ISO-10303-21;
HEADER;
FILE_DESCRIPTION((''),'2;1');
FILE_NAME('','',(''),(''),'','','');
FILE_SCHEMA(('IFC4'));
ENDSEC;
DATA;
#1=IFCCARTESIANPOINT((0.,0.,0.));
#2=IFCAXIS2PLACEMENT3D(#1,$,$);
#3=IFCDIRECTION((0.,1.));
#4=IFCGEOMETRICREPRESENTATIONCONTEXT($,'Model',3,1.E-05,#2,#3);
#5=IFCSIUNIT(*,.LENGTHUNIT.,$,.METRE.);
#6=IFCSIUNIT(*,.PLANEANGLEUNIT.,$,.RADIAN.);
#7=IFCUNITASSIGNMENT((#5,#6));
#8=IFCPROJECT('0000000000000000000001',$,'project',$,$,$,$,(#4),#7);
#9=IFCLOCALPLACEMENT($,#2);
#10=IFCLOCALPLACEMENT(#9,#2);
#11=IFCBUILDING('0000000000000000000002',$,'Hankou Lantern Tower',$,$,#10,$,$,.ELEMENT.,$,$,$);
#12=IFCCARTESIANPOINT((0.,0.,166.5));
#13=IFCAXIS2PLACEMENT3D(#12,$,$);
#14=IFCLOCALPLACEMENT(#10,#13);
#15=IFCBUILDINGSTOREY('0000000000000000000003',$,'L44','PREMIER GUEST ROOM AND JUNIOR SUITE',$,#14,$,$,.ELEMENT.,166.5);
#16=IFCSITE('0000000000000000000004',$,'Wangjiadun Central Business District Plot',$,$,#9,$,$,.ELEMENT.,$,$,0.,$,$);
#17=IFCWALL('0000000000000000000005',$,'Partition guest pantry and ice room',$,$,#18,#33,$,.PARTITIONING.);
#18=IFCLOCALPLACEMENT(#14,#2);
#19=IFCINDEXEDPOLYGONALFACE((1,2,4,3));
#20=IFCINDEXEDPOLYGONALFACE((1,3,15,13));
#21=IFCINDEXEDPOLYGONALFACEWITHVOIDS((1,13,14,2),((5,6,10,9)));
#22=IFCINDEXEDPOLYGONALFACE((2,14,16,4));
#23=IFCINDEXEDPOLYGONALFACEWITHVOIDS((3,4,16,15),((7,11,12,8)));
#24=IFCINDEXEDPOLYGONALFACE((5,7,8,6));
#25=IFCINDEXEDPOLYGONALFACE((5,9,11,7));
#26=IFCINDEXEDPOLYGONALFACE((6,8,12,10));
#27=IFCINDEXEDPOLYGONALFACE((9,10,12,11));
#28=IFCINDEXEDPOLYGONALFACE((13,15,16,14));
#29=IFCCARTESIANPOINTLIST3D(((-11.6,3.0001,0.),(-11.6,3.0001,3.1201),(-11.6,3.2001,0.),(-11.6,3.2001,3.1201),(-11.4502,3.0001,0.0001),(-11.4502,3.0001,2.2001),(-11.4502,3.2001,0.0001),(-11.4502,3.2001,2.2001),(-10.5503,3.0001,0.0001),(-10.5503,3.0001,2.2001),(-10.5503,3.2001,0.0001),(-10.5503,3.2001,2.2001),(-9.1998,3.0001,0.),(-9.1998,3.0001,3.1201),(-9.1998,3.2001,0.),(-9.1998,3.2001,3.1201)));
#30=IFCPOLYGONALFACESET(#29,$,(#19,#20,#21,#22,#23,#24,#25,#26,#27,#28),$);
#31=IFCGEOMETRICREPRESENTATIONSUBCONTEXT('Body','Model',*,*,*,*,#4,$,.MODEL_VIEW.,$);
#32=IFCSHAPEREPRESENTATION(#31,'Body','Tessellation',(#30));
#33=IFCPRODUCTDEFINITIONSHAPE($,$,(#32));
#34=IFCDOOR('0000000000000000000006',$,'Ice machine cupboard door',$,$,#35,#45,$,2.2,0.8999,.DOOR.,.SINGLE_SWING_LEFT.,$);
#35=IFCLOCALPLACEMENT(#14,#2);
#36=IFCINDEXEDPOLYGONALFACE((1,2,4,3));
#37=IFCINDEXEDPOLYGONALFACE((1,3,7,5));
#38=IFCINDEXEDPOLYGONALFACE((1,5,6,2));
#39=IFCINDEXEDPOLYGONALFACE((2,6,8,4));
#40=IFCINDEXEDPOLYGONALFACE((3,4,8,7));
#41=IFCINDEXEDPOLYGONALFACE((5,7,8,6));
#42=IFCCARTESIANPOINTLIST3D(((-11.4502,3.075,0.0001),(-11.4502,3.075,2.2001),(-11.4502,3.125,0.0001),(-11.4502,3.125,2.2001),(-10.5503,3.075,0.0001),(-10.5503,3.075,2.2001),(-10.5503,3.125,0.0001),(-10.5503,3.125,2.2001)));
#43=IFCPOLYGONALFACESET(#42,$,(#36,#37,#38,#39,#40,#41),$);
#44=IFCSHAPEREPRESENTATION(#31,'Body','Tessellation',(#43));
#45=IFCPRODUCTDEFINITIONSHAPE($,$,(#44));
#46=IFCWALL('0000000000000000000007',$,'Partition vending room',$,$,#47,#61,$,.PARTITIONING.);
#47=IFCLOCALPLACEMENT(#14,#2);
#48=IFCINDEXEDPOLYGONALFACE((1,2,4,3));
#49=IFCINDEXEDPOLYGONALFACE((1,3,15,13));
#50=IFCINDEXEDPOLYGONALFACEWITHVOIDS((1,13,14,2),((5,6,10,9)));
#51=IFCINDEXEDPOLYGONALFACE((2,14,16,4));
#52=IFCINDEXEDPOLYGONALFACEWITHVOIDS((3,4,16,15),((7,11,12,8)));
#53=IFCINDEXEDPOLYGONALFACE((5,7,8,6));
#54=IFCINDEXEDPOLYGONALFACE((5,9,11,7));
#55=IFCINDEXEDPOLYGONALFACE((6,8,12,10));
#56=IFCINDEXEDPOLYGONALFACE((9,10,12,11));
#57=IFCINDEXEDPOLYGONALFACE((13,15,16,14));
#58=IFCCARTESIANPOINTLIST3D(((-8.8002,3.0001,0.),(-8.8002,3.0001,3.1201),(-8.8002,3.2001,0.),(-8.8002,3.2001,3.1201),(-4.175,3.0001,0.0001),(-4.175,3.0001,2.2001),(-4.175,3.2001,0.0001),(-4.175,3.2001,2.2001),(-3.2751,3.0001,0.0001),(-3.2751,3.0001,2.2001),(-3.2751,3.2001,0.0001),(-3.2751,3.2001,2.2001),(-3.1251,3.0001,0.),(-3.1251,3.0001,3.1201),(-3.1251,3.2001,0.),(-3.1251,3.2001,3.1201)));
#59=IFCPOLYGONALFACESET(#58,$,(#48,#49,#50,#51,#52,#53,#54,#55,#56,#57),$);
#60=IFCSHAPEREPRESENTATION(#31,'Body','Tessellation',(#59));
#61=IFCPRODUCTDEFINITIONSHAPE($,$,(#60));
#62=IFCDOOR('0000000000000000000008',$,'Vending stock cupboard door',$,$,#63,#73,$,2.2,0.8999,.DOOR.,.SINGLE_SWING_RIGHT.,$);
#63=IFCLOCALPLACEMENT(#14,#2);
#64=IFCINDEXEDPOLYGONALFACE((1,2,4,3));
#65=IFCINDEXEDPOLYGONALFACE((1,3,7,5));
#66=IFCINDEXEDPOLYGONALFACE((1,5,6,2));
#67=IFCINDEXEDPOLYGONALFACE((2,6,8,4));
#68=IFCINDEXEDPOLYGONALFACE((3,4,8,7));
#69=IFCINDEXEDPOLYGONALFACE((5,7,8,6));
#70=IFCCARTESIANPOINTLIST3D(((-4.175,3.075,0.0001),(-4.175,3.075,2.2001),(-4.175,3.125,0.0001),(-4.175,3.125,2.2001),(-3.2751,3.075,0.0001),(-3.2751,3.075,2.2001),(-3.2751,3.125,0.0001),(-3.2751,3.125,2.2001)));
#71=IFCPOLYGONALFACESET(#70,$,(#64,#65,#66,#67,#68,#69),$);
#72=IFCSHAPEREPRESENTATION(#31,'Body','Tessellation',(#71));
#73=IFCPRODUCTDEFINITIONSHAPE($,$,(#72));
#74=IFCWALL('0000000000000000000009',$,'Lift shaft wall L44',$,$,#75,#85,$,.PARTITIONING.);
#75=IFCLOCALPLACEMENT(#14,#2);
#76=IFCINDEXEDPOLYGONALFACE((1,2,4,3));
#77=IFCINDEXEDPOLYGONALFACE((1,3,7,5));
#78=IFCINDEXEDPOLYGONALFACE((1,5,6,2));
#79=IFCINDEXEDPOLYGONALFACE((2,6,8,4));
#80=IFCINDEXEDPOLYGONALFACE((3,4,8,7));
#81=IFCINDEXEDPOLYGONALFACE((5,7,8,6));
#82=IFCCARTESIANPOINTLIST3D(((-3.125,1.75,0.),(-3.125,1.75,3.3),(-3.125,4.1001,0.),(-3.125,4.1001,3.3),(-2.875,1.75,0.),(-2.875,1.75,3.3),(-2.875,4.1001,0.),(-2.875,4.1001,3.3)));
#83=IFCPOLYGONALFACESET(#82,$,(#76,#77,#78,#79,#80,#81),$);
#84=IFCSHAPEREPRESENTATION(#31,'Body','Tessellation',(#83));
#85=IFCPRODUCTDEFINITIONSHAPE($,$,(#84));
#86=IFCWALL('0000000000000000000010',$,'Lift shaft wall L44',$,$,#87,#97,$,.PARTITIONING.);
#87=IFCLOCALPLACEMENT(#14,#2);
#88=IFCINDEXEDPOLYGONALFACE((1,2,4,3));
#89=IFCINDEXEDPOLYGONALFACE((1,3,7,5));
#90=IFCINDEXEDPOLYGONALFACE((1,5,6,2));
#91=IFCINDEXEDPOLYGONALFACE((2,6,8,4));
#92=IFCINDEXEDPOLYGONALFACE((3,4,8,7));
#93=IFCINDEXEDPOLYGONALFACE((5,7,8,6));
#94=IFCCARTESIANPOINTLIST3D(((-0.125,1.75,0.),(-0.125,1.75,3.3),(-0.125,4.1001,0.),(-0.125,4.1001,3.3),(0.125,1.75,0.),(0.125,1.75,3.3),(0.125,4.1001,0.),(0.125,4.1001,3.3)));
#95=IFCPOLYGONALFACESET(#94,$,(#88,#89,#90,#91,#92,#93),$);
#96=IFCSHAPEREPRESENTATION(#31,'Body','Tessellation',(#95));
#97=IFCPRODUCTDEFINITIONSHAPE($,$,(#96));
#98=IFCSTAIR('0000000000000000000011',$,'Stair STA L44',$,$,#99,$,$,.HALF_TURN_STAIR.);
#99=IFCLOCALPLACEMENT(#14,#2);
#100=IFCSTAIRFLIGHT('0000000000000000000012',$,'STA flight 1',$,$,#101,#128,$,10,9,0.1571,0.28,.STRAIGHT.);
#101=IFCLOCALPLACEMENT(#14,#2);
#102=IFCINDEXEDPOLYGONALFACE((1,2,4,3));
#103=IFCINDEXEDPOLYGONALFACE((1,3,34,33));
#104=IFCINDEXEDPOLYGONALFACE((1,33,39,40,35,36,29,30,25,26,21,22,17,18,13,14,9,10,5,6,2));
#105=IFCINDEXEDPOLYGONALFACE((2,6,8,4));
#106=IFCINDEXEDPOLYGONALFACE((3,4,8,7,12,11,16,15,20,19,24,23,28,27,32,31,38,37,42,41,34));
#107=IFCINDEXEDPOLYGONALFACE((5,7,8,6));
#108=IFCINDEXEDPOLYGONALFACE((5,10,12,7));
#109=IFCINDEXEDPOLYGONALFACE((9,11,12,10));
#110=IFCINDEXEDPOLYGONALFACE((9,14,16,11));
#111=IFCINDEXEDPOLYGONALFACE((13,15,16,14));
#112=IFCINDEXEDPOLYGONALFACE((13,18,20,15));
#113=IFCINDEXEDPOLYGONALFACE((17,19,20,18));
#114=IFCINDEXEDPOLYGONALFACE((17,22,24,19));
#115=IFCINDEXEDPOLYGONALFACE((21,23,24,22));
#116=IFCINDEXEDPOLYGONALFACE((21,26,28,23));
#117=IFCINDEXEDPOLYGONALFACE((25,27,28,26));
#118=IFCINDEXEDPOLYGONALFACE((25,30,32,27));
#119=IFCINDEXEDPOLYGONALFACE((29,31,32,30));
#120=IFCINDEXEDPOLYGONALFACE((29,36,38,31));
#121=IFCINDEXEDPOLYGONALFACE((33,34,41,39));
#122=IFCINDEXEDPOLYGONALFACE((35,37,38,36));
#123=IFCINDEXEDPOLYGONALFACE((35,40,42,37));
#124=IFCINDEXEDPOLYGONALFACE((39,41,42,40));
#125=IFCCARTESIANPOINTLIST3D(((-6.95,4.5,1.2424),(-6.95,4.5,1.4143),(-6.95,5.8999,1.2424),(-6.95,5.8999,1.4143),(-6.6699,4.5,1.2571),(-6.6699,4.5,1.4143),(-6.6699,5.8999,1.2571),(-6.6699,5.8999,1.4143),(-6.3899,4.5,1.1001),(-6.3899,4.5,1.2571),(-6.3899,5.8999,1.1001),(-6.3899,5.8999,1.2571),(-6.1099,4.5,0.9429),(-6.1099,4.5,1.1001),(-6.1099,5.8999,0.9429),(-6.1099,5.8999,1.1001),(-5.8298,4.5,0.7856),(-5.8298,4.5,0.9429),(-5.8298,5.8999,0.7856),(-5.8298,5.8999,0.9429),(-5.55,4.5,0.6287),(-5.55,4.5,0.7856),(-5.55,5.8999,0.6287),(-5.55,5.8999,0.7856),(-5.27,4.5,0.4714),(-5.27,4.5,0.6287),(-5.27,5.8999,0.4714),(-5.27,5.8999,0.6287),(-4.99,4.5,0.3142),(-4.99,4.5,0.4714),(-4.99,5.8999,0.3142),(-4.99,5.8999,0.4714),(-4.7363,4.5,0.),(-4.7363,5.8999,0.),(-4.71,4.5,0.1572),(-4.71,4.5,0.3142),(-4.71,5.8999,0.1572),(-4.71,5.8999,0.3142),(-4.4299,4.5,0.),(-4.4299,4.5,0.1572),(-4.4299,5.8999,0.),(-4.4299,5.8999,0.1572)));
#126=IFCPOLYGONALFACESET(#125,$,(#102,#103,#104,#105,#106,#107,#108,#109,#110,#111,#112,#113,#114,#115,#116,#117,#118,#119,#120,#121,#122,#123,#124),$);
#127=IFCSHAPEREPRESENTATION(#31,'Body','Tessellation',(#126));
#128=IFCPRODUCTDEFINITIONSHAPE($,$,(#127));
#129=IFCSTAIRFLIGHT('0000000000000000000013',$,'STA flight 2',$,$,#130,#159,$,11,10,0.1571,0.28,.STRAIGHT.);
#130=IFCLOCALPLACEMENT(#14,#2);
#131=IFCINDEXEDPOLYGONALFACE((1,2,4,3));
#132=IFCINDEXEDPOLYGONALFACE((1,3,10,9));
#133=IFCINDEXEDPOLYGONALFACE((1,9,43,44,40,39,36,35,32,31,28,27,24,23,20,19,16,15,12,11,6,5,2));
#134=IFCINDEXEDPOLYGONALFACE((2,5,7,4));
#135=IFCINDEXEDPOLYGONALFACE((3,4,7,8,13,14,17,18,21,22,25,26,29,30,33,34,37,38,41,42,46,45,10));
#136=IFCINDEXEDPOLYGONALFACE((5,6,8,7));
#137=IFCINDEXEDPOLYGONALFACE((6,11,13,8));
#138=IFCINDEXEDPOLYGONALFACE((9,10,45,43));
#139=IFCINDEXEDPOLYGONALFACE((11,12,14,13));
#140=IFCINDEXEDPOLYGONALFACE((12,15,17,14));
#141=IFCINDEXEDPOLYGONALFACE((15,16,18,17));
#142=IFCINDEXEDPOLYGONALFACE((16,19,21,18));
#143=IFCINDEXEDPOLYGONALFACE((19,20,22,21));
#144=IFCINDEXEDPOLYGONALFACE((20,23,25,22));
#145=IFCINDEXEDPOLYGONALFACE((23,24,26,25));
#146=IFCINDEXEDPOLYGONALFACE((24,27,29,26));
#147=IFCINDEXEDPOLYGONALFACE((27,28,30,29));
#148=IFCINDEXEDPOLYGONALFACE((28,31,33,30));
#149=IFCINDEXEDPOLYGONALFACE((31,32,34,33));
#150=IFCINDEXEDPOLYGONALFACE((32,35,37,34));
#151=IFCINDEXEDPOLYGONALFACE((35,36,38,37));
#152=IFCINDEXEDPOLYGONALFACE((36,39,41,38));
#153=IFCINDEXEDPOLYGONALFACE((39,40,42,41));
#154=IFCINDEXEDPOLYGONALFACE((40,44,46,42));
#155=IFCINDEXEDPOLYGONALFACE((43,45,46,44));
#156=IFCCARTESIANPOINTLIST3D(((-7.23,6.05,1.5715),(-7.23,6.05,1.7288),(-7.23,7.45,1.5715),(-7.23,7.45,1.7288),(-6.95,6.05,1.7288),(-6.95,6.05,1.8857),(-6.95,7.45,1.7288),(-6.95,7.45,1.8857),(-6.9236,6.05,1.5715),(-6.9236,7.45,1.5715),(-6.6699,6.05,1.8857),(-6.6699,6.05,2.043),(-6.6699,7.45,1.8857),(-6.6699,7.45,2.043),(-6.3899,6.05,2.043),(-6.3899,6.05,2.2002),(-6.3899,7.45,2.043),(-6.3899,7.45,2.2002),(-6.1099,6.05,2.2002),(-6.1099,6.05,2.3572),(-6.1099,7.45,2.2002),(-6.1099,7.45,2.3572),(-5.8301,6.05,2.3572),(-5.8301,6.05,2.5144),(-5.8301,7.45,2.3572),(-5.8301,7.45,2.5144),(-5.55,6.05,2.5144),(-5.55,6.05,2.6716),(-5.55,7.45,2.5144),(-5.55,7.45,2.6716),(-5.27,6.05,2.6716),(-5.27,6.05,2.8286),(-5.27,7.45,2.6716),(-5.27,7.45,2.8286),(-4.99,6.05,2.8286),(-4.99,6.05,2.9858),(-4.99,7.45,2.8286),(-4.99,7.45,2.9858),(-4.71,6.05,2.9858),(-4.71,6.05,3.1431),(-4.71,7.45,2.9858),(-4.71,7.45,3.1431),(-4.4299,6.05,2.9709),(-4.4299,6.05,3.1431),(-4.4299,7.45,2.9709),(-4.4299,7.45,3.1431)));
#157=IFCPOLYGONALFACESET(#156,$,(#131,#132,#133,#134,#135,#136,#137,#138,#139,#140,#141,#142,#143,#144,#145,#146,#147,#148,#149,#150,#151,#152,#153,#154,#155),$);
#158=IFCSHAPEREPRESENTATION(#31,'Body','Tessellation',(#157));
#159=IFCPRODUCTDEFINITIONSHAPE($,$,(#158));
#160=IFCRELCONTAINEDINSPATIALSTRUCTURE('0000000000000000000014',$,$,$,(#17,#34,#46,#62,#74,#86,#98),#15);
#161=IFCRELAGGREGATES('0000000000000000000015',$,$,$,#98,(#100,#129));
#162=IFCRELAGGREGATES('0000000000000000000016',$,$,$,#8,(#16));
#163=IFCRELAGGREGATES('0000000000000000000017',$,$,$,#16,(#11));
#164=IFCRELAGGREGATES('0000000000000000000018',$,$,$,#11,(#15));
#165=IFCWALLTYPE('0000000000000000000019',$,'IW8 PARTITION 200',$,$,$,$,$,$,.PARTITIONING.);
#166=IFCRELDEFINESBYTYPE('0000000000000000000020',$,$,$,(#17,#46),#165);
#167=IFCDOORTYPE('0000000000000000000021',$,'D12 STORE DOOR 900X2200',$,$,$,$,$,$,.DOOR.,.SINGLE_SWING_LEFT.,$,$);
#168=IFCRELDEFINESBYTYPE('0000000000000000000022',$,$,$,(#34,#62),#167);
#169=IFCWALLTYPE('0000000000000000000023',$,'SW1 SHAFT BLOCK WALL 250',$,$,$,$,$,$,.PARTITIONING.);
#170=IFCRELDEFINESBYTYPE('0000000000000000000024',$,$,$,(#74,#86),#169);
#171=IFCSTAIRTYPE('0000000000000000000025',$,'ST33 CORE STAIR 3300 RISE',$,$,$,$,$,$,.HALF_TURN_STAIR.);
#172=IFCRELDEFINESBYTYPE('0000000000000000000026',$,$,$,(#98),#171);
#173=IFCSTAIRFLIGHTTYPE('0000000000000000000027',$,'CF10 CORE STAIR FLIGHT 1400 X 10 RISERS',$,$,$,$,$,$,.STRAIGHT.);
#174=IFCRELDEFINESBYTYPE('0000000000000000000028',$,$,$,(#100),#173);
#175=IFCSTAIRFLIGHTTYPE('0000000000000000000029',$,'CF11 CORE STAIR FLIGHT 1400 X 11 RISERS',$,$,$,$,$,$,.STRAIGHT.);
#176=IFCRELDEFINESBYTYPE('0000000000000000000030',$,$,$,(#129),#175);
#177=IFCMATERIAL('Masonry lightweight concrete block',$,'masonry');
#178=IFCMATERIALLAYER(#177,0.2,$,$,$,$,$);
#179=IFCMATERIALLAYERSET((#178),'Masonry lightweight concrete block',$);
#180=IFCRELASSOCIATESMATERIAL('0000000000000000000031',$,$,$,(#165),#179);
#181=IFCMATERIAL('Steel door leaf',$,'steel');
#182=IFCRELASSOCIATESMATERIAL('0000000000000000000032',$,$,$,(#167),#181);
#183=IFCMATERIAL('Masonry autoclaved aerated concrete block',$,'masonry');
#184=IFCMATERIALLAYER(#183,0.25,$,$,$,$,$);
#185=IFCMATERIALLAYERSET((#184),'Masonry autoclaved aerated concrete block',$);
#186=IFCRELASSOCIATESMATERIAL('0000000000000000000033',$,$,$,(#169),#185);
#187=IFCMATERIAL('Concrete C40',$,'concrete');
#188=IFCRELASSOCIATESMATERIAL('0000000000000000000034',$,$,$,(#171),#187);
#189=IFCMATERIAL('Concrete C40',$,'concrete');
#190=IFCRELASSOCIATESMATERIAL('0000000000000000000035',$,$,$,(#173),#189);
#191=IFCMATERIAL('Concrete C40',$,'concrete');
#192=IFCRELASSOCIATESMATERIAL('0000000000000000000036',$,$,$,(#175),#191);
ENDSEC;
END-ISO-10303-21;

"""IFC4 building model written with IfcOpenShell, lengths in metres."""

from ifc_helpers import new_model, si_unit, direction, frame, frame_2d, origin, place, context, subcontext, project, spatial, polyline, rectangle, outline, extrude, material, layer, layer_set, type_object, element, fill, aggregate, save


model = new_model("IFC4")

# Units and contexts
model_context = context("Model", 3, precision=1e-05, world=origin(), true_north=direction((0.0, 1.0)))
body_context = subcontext(model_context, "Body", "Model", "MODEL_VIEW")
ifc_project = project(units=[si_unit("LENGTHUNIT", "METRE"), si_unit("PLANEANGLEUNIT", "RADIAN")], contexts=[model_context])

# Site, building, storey
site_placement = place(None, origin())
site = spatial("IfcSite", under=ifc_project, at=site_placement, Name="Wangjiadun Central Business District Plot", CompositionType="ELEMENT", RefElevation=0.0)
building_placement = place(site_placement, origin())
building = spatial("IfcBuilding", under=site, at=building_placement, Name="Hankou Lantern Tower", CompositionType="ELEMENT")
storey_placement = place(building_placement, frame((0.0, 0.0, 166.5)))
storey = spatial("IfcBuildingStorey", under=building, at=storey_placement, Name="L44", Description="PREMIER GUEST ROOM AND JUNIOR SUITE", CompositionType="ELEMENT", Elevation=166.5)

# Walls, openings, doors
ifc_material_1 = material(Name="Masonry lightweight concrete block", Category="masonry")
ifc_layer_1 = layer(ifc_material_1, 0.2)
ifc_layer_set_1 = layer_set([ifc_layer_1], Name="Masonry lightweight concrete block")
wall_type_1 = type_object("IfcWallType", Name="IW8 PARTITION 200", PredefinedType="PARTITIONING", material=ifc_layer_set_1)
wall_1_placement = place(storey_placement, frame((-11.6001, 3.1001, 0.0), z_axis=(0.0, 0.0, 1.0), x_axis=(1.0, 0.0, 0.0)))
wall_1 = element("IfcWall", 1, at=wall_1_placement, inside=storey, type_object=wall_type_1, Name="Partition guest pantry and ice room", PredefinedType="PARTITIONING", context=body_context, shape_type="SweptSolid", body=[
    extrude(rectangle(XDim=2.4001, YDim=0.2, at=frame_2d((1.2002, 0.0))), origin(), (0.0, 0.0, 1.0), 3.1201),
])
opening_1_placement = place(wall_1_placement, frame((0.1499, 0.0, 0.0)))
opening_1 = element("IfcOpeningElement", 2, at=opening_1_placement, cuts=wall_1, PredefinedType="OPENING", context=body_context, shape_type="SweptSolid", body=[
    extrude(rectangle(XDim=0.8999, YDim=2.2, at=frame_2d((0.45, 1.1001))), frame((0.0, 0.1099, 0.0), z_axis=(0.0, -1.0, 0.0), x_axis=(1.0, 0.0, 0.0)), (0.0, 0.0, 1.0), 0.22),
])
ifc_material_2 = material(Name="Steel door leaf", Category="steel")
door_type_1 = type_object("IfcDoorType", Name="D12 STORE DOOR 900X2200", OperationType="SINGLE_SWING_LEFT", PredefinedType="DOOR", material=ifc_material_2)
door_1_placement = place(opening_1_placement, origin())
door_1 = element("IfcDoor", 3, at=door_1_placement, inside=storey, type_object=door_type_1, Name="Ice machine cupboard door", OperationType="SINGLE_SWING_LEFT", OverallHeight=2.2, OverallWidth=0.8999, PredefinedType="DOOR", context=body_context, shape_type="SweptSolid", body=[
    extrude(rectangle(XDim=0.8999, YDim=2.2, at=frame_2d((0.45, 1.1001))), frame((0.0, 0.0249, 0.0), z_axis=(0.0, -1.0, 0.0), x_axis=(1.0, 0.0, 0.0)), (0.0, 0.0, 1.0), 0.05),
])
fill(opening_1, door_1)
wall_2_placement = place(storey_placement, frame((-8.8, 3.1001, 0.0), z_axis=(0.0, 0.0, 1.0), x_axis=(1.0, 0.0, 0.0)))
wall_2 = element("IfcWall", 4, at=wall_2_placement, inside=storey, type_object=wall_type_1, Name="Partition vending room", PredefinedType="PARTITIONING", context=body_context, shape_type="SweptSolid", body=[
    extrude(rectangle(XDim=5.675, YDim=0.2, at=frame_2d((2.8374, 0.0))), origin(), (0.0, 0.0, 1.0), 3.1201),
])
opening_2_placement = place(wall_2_placement, frame((4.625, 0.0, 0.0)))
opening_2 = element("IfcOpeningElement", 5, at=opening_2_placement, cuts=wall_2, PredefinedType="OPENING", context=body_context, shape_type="SweptSolid", body=[
    extrude(rectangle(XDim=0.8999, YDim=2.2, at=frame_2d((0.45, 1.1001))), frame((0.0, 0.1099, 0.0), z_axis=(0.0, -1.0, 0.0), x_axis=(1.0, 0.0, 0.0)), (0.0, 0.0, 1.0), 0.22),
])
door_2_placement = place(opening_2_placement, origin())
door_2 = element("IfcDoor", 6, at=door_2_placement, inside=storey, type_object=door_type_1, Name="Vending stock cupboard door", OperationType="SINGLE_SWING_RIGHT", OverallHeight=2.2, OverallWidth=0.8999, PredefinedType="DOOR", context=body_context, shape_type="SweptSolid", body=[
    extrude(rectangle(XDim=0.8999, YDim=2.2, at=frame_2d((0.45, 1.1001))), frame((0.0, 0.0249, 0.0), z_axis=(0.0, -1.0, 0.0), x_axis=(1.0, 0.0, 0.0)), (0.0, 0.0, 1.0), 0.05),
])
fill(opening_2, door_2)

# Walls
ifc_material_3 = material(Name="Masonry autoclaved aerated concrete block", Category="masonry")
ifc_layer_2 = layer(ifc_material_3, 0.25)
ifc_layer_set_2 = layer_set([ifc_layer_2], Name="Masonry autoclaved aerated concrete block")
wall_type_2 = type_object("IfcWallType", Name="SW1 SHAFT BLOCK WALL 250", PredefinedType="PARTITIONING", material=ifc_layer_set_2)
for number, where, z_axis, x_axis, name in (
    (7, (-3.0, 1.75, 0.0), (0.0, 0.0, 1.0), (0.0, 1.0, 0.0), "Lift shaft wall L44"),
    (8, (0.0, 1.75, 0.0), (0.0, 0.0, 1.0), (0.0, 1.0, 0.0), "Lift shaft wall L44"),
):
    element("IfcWall", number, at=place(storey_placement, frame(where, z_axis=z_axis, x_axis=x_axis)), inside=storey, type_object=wall_type_2, Name=name, PredefinedType="PARTITIONING", context=body_context, shape_type="SweptSolid", body=[
        extrude(rectangle(XDim=2.3501, YDim=0.25, at=frame_2d((1.175, 0.0))), origin(), (0.0, 0.0, 1.0), 3.3),
    ])

# Stair, stair flights
ifc_material_4 = material(Name="Concrete C40", Category="concrete")
stair_type = type_object("IfcStairType", Name="ST33 CORE STAIR 3300 RISE", PredefinedType="HALF_TURN_STAIR", material=ifc_material_4)
stair_placement = place(storey_placement, origin())
stair = element("IfcStair", 9, at=stair_placement, inside=storey, type_object=stair_type, Name="Stair STA L44", PredefinedType="HALF_TURN_STAIR")
ifc_material_5 = material(Name="Concrete C40", Category="concrete")
stair_flight_type_1 = type_object("IfcStairFlightType", Name="CF10 CORE STAIR FLIGHT 1400 X 10 RISERS", PredefinedType="STRAIGHT", material=ifc_material_5)
stair_flight_1_placement = place(storey_placement, frame((-4.4299, 5.2, 0.0), z_axis=(0.0, 0.0, 1.0), x_axis=(-1.0, 0.0, 0.0)))
stair_flight_1 = element("IfcStairFlight", 10, at=stair_flight_1_placement, type_object=stair_flight_type_1, Name="STA flight 1", NumberOfRisers=10, NumberOfTreads=9, PredefinedType="STRAIGHT", RiserHeight=0.1571, TreadLength=0.28, context=body_context, shape_type="SweptSolid", body=[
    extrude(outline(polyline([(0.0, 0.0), (0.0, 0.1572), (0.28, 0.1572), (0.28, 0.3142), (0.5601, 0.3142), (0.5601, 0.4714), (0.8401, 0.4714), (0.8401, 0.6287), (1.1201, 0.6287), (1.1201, 0.7856), (1.3999, 0.7856), (1.3999, 0.9429), (1.6799, 0.9429), (1.6799, 1.1001), (1.96, 1.1001), (1.96, 1.2571), (2.24, 1.2571), (2.24, 1.4143), (2.52, 1.4143), (2.52, 1.5715), (2.52, 1.2424), (0.3064, 0.0), (0.0, 0.0)])), frame((0.0, 0.7, 0.0), z_axis=(0.0, -1.0, 0.0), x_axis=(1.0, 0.0, 0.0)), (0.0, 0.0, 1.0), 1.3999),
])
ifc_material_6 = material(Name="Concrete C40", Category="concrete")
stair_flight_type_2 = type_object("IfcStairFlightType", Name="CF11 CORE STAIR FLIGHT 1400 X 11 RISERS", PredefinedType="STRAIGHT", material=ifc_material_6)
stair_flight_2_placement = place(storey_placement, frame((-7.23, 6.75, 1.5715), z_axis=(0.0, 0.0, 1.0), x_axis=(1.0, 0.0, 0.0)))
stair_flight_2 = element("IfcStairFlight", 11, at=stair_flight_2_placement, type_object=stair_flight_type_2, Name="STA flight 2", NumberOfRisers=11, NumberOfTreads=10, PredefinedType="STRAIGHT", RiserHeight=0.1571, TreadLength=0.28, context=body_context, shape_type="SweptSolid", body=[
    extrude(outline(polyline([(0.0, 0.0), (0.0, 0.1572), (0.28, 0.1572), (0.28, 0.3142), (0.5601, 0.3142), (0.5601, 0.4714), (0.8401, 0.4714), (0.8401, 0.6287), (1.1201, 0.6287), (1.1201, 0.7856), (1.3999, 0.7856), (1.3999, 0.9429), (1.6799, 0.9429), (1.6799, 1.1001), (1.96, 1.1001), (1.96, 1.2571), (2.24, 1.2571), (2.24, 1.4143), (2.52, 1.4143), (2.52, 1.5715), (2.8, 1.5715), (2.8, 1.7285), (2.8, 1.3994), (0.3064, 0.0), (0.0, 0.0)])), frame((0.0, 0.7, 0.0), z_axis=(0.0, -1.0, 0.0), x_axis=(1.0, 0.0, 0.0)), (0.0, 0.0, 1.0), 1.3999),
])
aggregate(stair, [stair_flight_1, stair_flight_2])

save(model, "model.ifc")
